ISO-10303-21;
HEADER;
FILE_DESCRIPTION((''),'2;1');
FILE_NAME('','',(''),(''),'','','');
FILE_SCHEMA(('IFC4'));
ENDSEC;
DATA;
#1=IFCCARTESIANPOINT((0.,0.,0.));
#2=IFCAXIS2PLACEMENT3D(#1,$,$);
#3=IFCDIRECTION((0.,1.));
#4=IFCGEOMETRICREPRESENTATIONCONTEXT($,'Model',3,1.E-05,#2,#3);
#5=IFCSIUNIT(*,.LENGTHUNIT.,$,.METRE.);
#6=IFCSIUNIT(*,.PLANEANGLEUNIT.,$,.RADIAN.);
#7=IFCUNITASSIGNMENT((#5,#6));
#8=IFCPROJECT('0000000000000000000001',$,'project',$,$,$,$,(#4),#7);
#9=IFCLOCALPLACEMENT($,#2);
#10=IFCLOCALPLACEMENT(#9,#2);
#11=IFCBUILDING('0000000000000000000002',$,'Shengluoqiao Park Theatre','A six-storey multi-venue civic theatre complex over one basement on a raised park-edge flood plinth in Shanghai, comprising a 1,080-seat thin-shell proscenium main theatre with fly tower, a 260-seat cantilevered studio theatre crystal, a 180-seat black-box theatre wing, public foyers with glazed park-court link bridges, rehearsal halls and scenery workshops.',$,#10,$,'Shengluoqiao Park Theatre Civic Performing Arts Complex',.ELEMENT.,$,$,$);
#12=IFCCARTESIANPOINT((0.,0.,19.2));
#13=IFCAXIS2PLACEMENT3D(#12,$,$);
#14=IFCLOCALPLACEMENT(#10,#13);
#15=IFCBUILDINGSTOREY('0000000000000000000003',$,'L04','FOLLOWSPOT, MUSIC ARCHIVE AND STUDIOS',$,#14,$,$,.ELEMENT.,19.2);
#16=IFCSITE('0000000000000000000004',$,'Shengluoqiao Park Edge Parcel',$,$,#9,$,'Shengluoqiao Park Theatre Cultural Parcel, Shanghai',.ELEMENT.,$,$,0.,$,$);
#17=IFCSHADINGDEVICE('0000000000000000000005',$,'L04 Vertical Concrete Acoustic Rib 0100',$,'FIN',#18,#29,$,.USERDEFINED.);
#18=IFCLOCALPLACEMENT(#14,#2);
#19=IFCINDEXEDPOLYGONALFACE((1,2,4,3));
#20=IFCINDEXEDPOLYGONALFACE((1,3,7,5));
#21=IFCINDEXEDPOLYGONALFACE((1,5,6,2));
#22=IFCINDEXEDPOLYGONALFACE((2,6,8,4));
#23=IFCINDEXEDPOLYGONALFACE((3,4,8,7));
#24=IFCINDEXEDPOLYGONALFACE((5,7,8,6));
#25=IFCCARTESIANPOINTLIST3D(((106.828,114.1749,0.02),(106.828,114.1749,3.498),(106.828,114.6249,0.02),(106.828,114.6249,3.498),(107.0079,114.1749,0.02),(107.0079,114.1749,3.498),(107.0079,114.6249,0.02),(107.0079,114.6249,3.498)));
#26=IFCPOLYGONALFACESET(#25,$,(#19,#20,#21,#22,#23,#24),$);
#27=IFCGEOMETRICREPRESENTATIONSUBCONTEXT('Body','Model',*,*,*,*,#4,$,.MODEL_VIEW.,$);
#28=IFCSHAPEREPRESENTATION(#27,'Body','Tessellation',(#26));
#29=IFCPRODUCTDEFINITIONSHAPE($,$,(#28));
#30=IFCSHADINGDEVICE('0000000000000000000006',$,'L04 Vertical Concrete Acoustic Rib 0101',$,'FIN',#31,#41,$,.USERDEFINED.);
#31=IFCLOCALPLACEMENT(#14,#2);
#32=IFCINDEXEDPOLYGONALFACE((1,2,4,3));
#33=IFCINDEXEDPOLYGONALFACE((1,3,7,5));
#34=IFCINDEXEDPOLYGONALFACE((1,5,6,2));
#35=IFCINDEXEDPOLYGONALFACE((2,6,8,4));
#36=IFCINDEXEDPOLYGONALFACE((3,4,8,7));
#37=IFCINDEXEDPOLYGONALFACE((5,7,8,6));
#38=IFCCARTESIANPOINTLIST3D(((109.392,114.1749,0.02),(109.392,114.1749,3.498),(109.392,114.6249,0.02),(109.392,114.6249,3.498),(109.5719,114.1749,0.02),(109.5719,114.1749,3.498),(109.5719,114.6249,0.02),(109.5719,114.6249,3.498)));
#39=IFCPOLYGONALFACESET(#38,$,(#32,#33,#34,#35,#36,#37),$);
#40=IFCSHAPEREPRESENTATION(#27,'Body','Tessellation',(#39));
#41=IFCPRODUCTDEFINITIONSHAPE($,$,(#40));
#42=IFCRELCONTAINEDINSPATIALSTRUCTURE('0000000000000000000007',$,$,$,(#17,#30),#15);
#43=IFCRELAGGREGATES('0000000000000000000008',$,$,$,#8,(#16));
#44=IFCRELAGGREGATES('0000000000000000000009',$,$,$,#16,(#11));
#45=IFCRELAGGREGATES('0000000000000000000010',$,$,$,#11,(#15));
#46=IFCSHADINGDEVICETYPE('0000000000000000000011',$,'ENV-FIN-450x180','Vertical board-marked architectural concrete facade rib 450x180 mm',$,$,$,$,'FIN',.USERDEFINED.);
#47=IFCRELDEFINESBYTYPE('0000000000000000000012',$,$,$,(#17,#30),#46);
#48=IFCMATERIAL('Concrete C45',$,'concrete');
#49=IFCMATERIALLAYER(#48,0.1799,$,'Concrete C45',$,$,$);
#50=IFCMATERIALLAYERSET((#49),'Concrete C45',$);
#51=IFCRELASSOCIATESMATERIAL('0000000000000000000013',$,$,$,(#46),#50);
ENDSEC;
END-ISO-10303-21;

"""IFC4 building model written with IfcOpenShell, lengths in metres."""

from ifc_helpers import new_model, si_unit, direction, frame, origin, origin_2d, place, context, subcontext, project, spatial, rectangle, extrude, material, layer, layer_set, type_object, element, save


model = new_model("IFC4")

# Units and contexts
model_context = context("Model", 3, precision=1e-05, world=origin(), true_north=direction((0.0, 1.0)))
body_context = subcontext(model_context, "Body", "Model", "MODEL_VIEW")
ifc_project = project(units=[si_unit("LENGTHUNIT", "METRE"), si_unit("PLANEANGLEUNIT", "RADIAN")], contexts=[model_context])

# Site, building, storey
site_placement = place(None, origin())
site = spatial("IfcSite", under=ifc_project, at=site_placement, Name="Shengluoqiao Park Edge Parcel", LongName="Shengluoqiao Park Theatre Cultural Parcel, Shanghai", CompositionType="ELEMENT", RefElevation=0.0)
building_placement = place(site_placement, origin())
building = spatial("IfcBuilding", under=site, at=building_placement, Name="Shengluoqiao Park Theatre", Description="A six-storey multi-venue civic theatre complex over one basement on a raised park-edge flood plinth in Shanghai, comprising a 1,080-seat thin-shell proscenium main theatre with fly tower, a 260-seat cantilevered studio theatre crystal, a 180-seat black-box theatre wing, public foyers with glazed park-court link bridges, rehearsal halls and scenery workshops.", LongName="Shengluoqiao Park Theatre Civic Performing Arts Complex", CompositionType="ELEMENT")
storey_placement = place(building_placement, frame((0.0, 0.0, 19.2)))
storey = spatial("IfcBuildingStorey", under=building, at=storey_placement, Name="L04", Description="FOLLOWSPOT, MUSIC ARCHIVE AND STUDIOS", CompositionType="ELEMENT", Elevation=19.2)

# Shared definitions
ifc_material_1 = material(Name="Concrete C45", Category="concrete")

# Shading devices
ifc_layer_1 = layer(ifc_material_1, 0.1799, Name="Concrete C45")
ifc_layer_set_1 = layer_set([ifc_layer_1], Name="Concrete C45")
shading_device_type = type_object("IfcShadingDeviceType", Name="ENV-FIN-450x180", Description="Vertical board-marked architectural concrete facade rib 450x180 mm", ElementType="FIN", PredefinedType="USERDEFINED", material=ifc_layer_set_1)
for number, where, z_axis, x_axis, name in (
    (1, (106.918, 114.3999, 0.02), (0.0, 0.0, 1.0), (0.0, 1.0, 0.0), "L04 Vertical Concrete Acoustic Rib 0100"),
    (2, (109.4819, 114.3999, 0.02), (0.0, 0.0, 1.0), (0.0, 1.0, 0.0), "L04 Vertical Concrete Acoustic Rib 0101"),
):
    element("IfcShadingDevice", number, at=place(storey_placement, frame(where, z_axis=z_axis, x_axis=x_axis)), inside=storey, type_object=shading_device_type, Name=name, ObjectType="FIN", PredefinedType="USERDEFINED", context=body_context, shape_type="SweptSolid", body=[
        extrude(rectangle(XDim=0.45, YDim=0.1799, at=origin_2d()), origin(), (0.0, 0.0, 1.0), 3.478),
    ])

save(model, "model.ifc")
